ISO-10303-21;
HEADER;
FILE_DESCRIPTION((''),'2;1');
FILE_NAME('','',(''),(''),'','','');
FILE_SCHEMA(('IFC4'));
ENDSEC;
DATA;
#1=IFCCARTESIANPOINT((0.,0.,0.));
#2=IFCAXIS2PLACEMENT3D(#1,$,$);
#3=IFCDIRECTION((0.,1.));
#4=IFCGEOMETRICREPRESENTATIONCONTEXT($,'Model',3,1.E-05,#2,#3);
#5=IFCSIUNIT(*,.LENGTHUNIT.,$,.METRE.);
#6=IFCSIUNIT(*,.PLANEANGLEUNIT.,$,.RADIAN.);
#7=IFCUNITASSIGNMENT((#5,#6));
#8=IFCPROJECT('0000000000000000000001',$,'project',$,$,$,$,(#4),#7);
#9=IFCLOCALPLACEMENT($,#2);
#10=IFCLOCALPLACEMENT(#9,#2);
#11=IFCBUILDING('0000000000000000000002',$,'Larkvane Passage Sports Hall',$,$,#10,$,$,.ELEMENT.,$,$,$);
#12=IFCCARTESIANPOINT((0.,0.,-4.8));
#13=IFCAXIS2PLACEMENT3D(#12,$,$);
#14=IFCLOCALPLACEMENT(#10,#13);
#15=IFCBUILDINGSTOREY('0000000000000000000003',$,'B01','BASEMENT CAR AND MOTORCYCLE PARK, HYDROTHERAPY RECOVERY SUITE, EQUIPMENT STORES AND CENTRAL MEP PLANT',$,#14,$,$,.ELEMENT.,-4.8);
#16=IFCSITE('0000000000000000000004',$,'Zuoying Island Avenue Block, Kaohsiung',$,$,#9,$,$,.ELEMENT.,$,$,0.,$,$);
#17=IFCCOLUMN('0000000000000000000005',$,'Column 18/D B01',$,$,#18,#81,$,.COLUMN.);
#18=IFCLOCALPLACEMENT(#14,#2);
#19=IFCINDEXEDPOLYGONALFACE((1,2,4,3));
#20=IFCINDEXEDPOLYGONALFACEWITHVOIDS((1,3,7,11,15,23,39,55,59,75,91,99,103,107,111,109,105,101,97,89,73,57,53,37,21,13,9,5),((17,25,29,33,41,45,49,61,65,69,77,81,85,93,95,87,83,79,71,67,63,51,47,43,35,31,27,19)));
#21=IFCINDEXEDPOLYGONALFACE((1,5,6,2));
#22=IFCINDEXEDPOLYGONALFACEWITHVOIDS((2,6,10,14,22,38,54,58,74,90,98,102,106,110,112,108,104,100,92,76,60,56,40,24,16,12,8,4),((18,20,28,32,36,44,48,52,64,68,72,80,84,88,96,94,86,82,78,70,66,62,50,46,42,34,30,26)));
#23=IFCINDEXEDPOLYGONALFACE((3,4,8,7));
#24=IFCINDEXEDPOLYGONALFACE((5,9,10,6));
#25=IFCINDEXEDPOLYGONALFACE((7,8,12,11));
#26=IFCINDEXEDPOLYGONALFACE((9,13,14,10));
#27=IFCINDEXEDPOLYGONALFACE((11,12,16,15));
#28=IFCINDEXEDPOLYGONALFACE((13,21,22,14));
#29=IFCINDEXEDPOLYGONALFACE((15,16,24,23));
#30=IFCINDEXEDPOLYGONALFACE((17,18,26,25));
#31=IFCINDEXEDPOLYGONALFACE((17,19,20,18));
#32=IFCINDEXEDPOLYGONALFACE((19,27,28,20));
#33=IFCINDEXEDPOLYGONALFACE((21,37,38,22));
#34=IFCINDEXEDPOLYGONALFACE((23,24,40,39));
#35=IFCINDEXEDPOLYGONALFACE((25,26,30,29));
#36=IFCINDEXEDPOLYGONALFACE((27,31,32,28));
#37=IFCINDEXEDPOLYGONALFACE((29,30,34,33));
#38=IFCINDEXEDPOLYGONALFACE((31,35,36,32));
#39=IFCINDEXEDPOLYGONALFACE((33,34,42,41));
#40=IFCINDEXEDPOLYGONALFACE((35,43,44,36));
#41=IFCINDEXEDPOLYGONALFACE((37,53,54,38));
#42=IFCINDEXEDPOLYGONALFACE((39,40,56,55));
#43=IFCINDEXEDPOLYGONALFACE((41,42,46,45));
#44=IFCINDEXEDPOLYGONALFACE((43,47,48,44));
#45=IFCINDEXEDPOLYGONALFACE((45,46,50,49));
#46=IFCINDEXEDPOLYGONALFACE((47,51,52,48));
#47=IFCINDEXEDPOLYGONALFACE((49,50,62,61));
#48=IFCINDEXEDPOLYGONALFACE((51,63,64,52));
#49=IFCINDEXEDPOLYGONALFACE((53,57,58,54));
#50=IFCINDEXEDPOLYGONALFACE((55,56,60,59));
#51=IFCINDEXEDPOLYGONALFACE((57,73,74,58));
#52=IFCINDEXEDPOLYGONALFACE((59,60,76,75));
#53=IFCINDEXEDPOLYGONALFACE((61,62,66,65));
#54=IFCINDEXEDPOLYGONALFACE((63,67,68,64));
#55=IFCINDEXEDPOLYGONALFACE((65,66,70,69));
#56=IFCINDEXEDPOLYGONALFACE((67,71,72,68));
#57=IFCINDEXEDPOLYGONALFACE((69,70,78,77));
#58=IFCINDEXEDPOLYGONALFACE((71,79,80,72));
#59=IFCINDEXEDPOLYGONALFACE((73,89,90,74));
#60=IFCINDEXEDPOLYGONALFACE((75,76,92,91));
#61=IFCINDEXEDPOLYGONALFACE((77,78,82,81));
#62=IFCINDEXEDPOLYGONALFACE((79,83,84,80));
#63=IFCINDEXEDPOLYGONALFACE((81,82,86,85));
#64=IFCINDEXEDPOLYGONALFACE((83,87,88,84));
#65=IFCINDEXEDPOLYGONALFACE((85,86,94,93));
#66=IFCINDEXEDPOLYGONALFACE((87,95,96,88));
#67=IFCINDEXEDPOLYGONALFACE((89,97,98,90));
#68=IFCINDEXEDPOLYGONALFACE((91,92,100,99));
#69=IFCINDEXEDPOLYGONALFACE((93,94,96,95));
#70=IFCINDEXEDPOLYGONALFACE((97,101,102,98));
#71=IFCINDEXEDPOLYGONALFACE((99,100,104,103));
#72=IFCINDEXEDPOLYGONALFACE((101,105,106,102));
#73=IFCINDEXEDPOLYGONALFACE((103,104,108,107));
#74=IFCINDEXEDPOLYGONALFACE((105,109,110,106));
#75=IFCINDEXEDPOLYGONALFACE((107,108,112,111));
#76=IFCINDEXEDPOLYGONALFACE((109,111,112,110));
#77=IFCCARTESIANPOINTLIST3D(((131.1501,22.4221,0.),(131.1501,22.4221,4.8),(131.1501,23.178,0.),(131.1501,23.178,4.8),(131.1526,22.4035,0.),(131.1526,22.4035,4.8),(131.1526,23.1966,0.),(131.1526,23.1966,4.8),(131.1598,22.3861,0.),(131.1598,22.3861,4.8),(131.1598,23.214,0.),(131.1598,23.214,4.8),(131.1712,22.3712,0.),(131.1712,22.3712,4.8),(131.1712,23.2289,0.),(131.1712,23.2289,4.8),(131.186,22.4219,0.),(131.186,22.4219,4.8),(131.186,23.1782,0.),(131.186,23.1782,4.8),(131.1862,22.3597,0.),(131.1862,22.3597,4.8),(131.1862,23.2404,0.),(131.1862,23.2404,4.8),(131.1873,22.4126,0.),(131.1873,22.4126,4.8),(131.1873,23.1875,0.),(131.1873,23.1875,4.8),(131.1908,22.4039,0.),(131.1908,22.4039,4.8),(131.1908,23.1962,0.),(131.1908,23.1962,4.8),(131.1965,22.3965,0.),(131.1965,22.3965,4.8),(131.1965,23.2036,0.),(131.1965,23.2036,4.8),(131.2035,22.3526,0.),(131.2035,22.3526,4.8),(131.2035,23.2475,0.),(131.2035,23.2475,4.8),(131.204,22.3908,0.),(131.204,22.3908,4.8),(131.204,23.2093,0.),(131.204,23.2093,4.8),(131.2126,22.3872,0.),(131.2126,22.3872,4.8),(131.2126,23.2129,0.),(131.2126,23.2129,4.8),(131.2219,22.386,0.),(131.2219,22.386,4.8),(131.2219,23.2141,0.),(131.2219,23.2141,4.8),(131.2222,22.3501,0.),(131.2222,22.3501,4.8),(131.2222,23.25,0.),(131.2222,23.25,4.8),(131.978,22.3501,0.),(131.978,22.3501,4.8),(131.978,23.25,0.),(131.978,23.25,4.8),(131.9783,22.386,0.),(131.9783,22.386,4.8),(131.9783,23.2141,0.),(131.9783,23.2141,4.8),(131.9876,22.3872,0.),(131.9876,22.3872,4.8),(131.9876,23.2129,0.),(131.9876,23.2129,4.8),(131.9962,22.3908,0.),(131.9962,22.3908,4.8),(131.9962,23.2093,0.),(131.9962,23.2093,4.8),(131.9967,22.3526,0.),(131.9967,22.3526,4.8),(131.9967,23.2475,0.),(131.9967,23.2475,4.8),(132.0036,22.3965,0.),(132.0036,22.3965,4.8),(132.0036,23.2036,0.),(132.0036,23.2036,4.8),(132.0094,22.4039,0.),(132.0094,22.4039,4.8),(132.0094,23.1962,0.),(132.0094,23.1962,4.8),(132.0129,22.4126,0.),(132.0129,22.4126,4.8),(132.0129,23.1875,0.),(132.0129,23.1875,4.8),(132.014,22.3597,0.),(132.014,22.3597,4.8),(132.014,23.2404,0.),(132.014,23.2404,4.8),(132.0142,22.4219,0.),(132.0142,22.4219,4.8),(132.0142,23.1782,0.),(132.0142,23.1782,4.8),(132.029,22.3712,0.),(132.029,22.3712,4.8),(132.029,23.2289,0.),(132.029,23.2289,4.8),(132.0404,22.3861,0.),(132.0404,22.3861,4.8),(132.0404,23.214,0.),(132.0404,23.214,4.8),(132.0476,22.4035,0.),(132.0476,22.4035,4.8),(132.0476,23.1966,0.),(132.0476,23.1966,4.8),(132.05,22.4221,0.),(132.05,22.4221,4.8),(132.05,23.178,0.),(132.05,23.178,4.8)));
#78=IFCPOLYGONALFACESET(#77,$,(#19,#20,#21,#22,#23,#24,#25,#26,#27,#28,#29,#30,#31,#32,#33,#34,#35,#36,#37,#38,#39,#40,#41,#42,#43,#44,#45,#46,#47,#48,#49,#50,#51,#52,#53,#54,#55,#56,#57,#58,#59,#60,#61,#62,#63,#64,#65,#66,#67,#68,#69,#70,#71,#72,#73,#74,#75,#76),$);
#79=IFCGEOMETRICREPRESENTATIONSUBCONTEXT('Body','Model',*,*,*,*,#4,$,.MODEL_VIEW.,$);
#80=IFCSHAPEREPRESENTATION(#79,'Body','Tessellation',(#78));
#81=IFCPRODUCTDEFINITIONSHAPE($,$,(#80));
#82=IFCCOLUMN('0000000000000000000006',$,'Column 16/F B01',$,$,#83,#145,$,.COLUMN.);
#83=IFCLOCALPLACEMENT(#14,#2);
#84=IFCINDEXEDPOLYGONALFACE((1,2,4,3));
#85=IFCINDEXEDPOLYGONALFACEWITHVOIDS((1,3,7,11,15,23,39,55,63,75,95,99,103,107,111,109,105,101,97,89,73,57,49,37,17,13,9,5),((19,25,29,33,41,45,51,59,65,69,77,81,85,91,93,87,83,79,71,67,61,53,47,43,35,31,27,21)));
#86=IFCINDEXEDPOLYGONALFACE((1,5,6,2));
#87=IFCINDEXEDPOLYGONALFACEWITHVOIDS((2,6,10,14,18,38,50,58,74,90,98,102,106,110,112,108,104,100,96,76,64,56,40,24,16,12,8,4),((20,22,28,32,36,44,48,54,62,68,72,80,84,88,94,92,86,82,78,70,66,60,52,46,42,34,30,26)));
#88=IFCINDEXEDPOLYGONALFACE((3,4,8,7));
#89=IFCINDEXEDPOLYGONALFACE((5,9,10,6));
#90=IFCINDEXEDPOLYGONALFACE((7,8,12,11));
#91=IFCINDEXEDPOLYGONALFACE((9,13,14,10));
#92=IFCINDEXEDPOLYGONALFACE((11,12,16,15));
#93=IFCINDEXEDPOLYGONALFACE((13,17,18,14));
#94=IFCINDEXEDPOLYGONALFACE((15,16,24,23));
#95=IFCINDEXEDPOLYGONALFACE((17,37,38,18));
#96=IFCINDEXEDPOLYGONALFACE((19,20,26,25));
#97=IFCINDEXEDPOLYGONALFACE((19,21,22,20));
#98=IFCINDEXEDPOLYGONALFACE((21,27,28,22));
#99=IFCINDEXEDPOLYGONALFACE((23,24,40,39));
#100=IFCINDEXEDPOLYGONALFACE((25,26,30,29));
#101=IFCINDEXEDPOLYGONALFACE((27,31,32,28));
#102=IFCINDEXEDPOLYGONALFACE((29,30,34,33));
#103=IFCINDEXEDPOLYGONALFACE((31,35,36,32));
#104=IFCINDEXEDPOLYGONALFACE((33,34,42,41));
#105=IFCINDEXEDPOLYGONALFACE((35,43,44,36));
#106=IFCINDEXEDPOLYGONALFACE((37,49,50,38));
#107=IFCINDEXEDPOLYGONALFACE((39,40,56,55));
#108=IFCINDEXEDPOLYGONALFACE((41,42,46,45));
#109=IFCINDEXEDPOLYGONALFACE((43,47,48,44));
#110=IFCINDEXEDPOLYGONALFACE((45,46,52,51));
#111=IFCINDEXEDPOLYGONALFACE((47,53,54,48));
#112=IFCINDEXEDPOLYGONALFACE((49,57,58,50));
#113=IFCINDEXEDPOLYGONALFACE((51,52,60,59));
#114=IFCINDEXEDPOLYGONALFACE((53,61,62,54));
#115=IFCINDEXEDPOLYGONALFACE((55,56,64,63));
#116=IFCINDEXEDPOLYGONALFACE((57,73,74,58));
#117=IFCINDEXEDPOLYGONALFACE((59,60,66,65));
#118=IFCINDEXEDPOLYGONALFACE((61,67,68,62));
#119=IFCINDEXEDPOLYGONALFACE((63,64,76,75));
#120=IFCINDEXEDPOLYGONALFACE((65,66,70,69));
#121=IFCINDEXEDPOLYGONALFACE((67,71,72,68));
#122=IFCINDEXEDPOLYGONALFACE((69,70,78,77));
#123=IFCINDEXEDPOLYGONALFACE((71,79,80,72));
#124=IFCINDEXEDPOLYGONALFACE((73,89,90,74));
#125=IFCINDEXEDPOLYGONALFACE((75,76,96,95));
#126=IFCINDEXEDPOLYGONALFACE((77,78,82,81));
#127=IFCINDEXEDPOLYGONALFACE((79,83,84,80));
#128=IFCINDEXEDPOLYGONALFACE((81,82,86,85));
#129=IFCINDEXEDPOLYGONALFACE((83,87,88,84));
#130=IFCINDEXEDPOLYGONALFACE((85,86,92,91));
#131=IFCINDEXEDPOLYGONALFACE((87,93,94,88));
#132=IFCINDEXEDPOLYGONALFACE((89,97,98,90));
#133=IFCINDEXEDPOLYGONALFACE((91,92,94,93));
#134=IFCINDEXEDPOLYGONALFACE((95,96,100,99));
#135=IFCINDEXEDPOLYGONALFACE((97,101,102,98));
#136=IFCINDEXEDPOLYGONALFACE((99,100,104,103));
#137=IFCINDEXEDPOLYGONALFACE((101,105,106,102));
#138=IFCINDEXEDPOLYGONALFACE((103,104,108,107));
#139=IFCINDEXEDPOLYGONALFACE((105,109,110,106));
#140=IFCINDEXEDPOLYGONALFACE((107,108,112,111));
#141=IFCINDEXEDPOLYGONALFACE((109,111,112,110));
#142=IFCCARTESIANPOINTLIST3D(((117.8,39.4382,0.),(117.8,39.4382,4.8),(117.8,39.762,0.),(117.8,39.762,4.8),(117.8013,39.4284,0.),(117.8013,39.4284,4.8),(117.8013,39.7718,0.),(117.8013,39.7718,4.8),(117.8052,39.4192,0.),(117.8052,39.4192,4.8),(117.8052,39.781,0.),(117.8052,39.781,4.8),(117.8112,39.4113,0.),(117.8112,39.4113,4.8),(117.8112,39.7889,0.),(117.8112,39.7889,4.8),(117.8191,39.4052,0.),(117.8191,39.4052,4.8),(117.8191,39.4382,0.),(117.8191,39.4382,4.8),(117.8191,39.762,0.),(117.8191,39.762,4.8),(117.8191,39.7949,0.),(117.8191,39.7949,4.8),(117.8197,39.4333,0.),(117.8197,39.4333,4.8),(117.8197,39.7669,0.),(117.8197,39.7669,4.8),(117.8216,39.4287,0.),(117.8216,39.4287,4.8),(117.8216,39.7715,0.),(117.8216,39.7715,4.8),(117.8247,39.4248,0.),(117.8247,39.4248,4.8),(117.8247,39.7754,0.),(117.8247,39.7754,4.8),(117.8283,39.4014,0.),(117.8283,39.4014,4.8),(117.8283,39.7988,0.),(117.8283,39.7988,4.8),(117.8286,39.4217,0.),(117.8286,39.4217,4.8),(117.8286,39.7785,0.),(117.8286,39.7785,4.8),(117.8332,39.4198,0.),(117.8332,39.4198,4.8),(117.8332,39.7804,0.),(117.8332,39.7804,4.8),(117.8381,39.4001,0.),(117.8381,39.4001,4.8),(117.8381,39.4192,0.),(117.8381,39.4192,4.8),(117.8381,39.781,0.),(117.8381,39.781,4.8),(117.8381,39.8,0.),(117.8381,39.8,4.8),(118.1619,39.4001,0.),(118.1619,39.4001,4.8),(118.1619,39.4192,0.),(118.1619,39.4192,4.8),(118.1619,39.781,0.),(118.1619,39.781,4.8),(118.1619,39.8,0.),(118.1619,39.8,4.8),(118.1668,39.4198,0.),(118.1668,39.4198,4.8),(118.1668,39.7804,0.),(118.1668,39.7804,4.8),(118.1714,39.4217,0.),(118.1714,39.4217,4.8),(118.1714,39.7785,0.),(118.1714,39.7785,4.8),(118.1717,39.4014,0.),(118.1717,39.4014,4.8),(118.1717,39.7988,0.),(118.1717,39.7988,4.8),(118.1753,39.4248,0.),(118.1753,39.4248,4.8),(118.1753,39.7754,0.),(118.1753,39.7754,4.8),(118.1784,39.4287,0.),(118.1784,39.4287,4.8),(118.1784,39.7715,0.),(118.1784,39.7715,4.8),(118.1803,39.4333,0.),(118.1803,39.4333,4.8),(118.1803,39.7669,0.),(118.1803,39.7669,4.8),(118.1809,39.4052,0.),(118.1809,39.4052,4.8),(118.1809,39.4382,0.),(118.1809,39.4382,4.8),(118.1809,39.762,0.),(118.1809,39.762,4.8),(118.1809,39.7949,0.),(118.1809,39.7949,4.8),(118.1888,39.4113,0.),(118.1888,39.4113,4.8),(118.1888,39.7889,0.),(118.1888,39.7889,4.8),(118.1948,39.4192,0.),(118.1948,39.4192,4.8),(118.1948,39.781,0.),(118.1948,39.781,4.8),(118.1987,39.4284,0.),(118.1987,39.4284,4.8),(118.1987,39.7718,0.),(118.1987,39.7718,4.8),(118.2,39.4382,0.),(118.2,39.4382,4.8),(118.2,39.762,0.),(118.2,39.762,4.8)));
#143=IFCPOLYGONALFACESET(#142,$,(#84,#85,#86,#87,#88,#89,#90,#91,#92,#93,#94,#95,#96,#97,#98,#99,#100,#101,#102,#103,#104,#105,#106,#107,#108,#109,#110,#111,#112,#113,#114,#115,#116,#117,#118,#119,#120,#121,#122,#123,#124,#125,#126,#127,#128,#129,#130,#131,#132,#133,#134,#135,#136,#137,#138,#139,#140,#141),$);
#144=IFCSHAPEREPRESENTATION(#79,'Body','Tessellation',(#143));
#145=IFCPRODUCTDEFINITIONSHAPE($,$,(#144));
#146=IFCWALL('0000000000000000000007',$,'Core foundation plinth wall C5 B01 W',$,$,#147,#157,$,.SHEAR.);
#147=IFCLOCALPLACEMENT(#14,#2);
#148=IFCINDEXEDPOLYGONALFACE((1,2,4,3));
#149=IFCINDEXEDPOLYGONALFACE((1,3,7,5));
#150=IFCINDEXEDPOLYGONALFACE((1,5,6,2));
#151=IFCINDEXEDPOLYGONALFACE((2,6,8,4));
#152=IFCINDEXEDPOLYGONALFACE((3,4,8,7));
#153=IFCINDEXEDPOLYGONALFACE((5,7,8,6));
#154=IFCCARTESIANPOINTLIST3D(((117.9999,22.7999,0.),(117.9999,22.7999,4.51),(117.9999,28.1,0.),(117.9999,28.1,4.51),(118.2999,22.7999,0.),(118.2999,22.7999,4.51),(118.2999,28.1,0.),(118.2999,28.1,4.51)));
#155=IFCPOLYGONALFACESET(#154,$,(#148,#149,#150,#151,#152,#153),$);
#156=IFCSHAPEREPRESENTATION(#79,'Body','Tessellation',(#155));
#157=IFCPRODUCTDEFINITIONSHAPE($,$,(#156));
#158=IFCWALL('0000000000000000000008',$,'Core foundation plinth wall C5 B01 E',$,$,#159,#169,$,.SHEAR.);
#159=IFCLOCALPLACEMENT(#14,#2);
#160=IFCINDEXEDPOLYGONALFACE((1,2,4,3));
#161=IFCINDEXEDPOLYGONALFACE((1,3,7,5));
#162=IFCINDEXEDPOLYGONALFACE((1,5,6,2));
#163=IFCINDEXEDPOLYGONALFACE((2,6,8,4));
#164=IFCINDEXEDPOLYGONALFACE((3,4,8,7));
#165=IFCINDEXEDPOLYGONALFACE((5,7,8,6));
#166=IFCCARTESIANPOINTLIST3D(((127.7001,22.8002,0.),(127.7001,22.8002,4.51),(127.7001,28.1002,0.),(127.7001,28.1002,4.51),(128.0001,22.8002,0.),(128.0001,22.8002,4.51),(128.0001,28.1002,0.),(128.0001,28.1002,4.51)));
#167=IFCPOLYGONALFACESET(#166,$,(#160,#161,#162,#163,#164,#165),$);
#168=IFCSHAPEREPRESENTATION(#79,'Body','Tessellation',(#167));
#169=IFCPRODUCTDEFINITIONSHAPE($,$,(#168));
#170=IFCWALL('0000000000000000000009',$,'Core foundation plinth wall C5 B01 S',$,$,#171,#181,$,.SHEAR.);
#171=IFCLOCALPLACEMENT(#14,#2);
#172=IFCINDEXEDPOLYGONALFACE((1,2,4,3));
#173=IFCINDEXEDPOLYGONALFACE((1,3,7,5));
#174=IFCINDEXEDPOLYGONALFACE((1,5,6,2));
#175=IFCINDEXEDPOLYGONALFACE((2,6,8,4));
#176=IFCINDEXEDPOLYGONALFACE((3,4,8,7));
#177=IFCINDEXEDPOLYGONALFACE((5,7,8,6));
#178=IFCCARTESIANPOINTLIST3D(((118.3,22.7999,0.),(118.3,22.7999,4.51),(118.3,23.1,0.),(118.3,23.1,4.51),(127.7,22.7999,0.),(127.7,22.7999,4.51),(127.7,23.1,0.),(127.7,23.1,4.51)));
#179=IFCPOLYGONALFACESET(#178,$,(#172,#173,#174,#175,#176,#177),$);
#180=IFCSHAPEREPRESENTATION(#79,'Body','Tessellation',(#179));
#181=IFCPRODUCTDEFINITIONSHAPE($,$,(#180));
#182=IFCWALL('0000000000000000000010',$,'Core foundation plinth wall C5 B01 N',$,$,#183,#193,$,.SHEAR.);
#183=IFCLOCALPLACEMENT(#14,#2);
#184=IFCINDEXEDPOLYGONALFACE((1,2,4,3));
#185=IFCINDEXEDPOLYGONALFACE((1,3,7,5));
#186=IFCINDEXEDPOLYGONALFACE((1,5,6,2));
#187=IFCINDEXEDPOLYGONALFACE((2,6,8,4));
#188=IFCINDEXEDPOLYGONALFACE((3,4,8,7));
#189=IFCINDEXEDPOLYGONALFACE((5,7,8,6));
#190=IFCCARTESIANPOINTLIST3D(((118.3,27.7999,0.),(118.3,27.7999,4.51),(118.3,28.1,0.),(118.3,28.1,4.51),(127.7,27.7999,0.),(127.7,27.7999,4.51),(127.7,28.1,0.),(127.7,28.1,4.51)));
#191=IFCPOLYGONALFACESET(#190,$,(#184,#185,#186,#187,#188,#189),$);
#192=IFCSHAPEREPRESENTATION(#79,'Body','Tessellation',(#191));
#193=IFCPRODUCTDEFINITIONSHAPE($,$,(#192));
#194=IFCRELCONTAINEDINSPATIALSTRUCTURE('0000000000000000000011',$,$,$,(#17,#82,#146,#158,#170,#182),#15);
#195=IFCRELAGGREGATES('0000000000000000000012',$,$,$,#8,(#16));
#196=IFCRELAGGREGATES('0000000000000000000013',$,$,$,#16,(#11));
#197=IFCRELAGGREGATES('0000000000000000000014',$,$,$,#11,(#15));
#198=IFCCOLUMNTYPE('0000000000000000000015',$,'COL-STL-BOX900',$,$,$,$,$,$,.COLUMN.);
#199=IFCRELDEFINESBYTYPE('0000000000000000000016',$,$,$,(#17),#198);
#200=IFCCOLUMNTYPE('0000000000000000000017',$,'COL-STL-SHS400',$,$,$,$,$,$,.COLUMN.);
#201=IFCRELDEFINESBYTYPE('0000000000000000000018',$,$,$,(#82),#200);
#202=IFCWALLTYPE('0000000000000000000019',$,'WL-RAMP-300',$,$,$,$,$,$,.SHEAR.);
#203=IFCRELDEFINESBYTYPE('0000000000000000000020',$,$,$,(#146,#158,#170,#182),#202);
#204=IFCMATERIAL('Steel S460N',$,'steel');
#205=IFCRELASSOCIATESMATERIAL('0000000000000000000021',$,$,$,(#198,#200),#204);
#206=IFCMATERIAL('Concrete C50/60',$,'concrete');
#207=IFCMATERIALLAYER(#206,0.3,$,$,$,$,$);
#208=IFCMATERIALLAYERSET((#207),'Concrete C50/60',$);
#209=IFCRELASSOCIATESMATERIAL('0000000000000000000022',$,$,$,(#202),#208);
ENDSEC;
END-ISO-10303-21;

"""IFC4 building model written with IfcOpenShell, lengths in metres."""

from ifc_helpers import new_model, si_unit, direction, frame, frame_2d, origin, origin_2d, place, context, subcontext, project, spatial, rectangle, hollow_rectangle, extrude, material, layer, layer_set, material_profile, profile_set, type_object, element, save


model = new_model("IFC4")

# Units and contexts
model_context = context("Model", 3, precision=1e-05, world=origin(), true_north=direction((0.0, 1.0)))
body_context = subcontext(model_context, "Body", "Model", "MODEL_VIEW")
ifc_project = project(units=[si_unit("LENGTHUNIT", "METRE"), si_unit("PLANEANGLEUNIT", "RADIAN")], contexts=[model_context])

# Site, building, storey
site_placement = place(None, origin())
site = spatial("IfcSite", under=ifc_project, at=site_placement, Name="Zuoying Island Avenue Block, Kaohsiung", CompositionType="ELEMENT", RefElevation=0.0)
building_placement = place(site_placement, origin())
building = spatial("IfcBuilding", under=site, at=building_placement, Name="Larkvane Passage Sports Hall", CompositionType="ELEMENT")
storey_placement = place(building_placement, frame((0.0, 0.0, -4.8)))
storey = spatial("IfcBuildingStorey", under=building, at=storey_placement, Name="B01", Description="BASEMENT CAR AND MOTORCYCLE PARK, HYDROTHERAPY RECOVERY SUITE, EQUIPMENT STORES AND CENTRAL MEP PLANT", CompositionType="ELEMENT", Elevation=-4.8)

# Columns
ifc_material_1 = material(Name="Steel S460N", Category="steel")
ifc_material_profile_1 = material_profile(ifc_material_1, hollow_rectangle(XDim=0.8999, YDim=0.8999, WallThickness=0.0359, InnerFilletRadius=0.0359, OuterFilletRadius=0.072, at=origin_2d()), Name="BOX-900x900x36")
ifc_profile_set_1 = profile_set([ifc_material_profile_1], Name="Steel S460N")
column_type_1 = type_object("IfcColumnType", Name="COL-STL-BOX900", PredefinedType="COLUMN", material=ifc_profile_set_1)
column_1_placement = place(storey_placement, frame((131.6001, 22.8, 0.0), z_axis=(0.0, 0.0, 1.0), x_axis=(1.0, 0.0, 0.0)))
element("IfcColumn", 1, at=column_1_placement, inside=storey, type_object=column_type_1, Name="Column 18/D B01", PredefinedType="COLUMN", context=body_context, shape_type="SweptSolid", body=[
    extrude(hollow_rectangle(XDim=0.8999, YDim=0.8999, WallThickness=0.0359, InnerFilletRadius=0.0359, OuterFilletRadius=0.072, at=origin_2d()), origin(), (0.0, 0.0, 1.0), 4.8),
])
ifc_material_profile_2 = material_profile(ifc_material_1, hollow_rectangle(XDim=0.3999, YDim=0.3999, WallThickness=0.019, InnerFilletRadius=0.019, OuterFilletRadius=0.0381, at=origin_2d()), Name="SHS-400x400x19")
ifc_profile_set_2 = profile_set([ifc_material_profile_2], Name="Steel S460N")
column_type_2 = type_object("IfcColumnType", Name="COL-STL-SHS400", PredefinedType="COLUMN", material=ifc_profile_set_2)
column_2_placement = place(storey_placement, frame((118.0, 39.6001, 0.0), z_axis=(0.0, 0.0, 1.0), x_axis=(1.0, 0.0, 0.0)))
element("IfcColumn", 2, at=column_2_placement, inside=storey, type_object=column_type_2, Name="Column 16/F B01", PredefinedType="COLUMN", context=body_context, shape_type="SweptSolid", body=[
    extrude(hollow_rectangle(XDim=0.3999, YDim=0.3999, WallThickness=0.019, InnerFilletRadius=0.019, OuterFilletRadius=0.0381, at=origin_2d()), origin(), (0.0, 0.0, 1.0), 4.8),
])

# Walls
ifc_material_2 = material(Name="Concrete C50/60", Category="concrete")
ifc_layer = layer(ifc_material_2, 0.3)
ifc_layer_set = layer_set([ifc_layer], Name="Concrete C50/60")
wall_type = type_object("IfcWallType", Name="WL-RAMP-300", PredefinedType="SHEAR", material=ifc_layer_set)
for number, where, z_axis, x_axis, name in (
    (3, (118.1499, 22.8, 0.0), (0.0, 0.0, 1.0), (0.0, 1.0, 0.0), "Core foundation plinth wall C5 B01 W"),
    (4, (127.8501, 28.1001, 0.0), (0.0, 0.0, 1.0), (0.0, -1.0, 0.0), "Core foundation plinth wall C5 B01 E"),
):
    element("IfcWall", number, at=place(storey_placement, frame(where, z_axis=z_axis, x_axis=x_axis)), inside=storey, type_object=wall_type, Name=name, PredefinedType="SHEAR", context=body_context, shape_type="SweptSolid", body=[
        extrude(rectangle(XDim=5.3, YDim=0.3, at=frame_2d((2.6499, 0.0))), origin(), (0.0, 0.0, 1.0), 4.51),
    ])
for number, where, z_axis, x_axis, name in (
    (5, (127.7, 22.95, 0.0), (0.0, 0.0, 1.0), (-1.0, 0.0, 0.0), "Core foundation plinth wall C5 B01 S"),
    (6, (118.3, 27.95, 0.0), (0.0, 0.0, 1.0), (1.0, 0.0, 0.0), "Core foundation plinth wall C5 B01 N"),
):
    element("IfcWall", number, at=place(storey_placement, frame(where, z_axis=z_axis, x_axis=x_axis)), inside=storey, type_object=wall_type, Name=name, PredefinedType="SHEAR", context=body_context, shape_type="SweptSolid", body=[
        extrude(rectangle(XDim=9.3999, YDim=0.3, at=frame_2d((4.7, 0.0))), origin(), (0.0, 0.0, 1.0), 4.51),
    ])

save(model, "model.ifc")
